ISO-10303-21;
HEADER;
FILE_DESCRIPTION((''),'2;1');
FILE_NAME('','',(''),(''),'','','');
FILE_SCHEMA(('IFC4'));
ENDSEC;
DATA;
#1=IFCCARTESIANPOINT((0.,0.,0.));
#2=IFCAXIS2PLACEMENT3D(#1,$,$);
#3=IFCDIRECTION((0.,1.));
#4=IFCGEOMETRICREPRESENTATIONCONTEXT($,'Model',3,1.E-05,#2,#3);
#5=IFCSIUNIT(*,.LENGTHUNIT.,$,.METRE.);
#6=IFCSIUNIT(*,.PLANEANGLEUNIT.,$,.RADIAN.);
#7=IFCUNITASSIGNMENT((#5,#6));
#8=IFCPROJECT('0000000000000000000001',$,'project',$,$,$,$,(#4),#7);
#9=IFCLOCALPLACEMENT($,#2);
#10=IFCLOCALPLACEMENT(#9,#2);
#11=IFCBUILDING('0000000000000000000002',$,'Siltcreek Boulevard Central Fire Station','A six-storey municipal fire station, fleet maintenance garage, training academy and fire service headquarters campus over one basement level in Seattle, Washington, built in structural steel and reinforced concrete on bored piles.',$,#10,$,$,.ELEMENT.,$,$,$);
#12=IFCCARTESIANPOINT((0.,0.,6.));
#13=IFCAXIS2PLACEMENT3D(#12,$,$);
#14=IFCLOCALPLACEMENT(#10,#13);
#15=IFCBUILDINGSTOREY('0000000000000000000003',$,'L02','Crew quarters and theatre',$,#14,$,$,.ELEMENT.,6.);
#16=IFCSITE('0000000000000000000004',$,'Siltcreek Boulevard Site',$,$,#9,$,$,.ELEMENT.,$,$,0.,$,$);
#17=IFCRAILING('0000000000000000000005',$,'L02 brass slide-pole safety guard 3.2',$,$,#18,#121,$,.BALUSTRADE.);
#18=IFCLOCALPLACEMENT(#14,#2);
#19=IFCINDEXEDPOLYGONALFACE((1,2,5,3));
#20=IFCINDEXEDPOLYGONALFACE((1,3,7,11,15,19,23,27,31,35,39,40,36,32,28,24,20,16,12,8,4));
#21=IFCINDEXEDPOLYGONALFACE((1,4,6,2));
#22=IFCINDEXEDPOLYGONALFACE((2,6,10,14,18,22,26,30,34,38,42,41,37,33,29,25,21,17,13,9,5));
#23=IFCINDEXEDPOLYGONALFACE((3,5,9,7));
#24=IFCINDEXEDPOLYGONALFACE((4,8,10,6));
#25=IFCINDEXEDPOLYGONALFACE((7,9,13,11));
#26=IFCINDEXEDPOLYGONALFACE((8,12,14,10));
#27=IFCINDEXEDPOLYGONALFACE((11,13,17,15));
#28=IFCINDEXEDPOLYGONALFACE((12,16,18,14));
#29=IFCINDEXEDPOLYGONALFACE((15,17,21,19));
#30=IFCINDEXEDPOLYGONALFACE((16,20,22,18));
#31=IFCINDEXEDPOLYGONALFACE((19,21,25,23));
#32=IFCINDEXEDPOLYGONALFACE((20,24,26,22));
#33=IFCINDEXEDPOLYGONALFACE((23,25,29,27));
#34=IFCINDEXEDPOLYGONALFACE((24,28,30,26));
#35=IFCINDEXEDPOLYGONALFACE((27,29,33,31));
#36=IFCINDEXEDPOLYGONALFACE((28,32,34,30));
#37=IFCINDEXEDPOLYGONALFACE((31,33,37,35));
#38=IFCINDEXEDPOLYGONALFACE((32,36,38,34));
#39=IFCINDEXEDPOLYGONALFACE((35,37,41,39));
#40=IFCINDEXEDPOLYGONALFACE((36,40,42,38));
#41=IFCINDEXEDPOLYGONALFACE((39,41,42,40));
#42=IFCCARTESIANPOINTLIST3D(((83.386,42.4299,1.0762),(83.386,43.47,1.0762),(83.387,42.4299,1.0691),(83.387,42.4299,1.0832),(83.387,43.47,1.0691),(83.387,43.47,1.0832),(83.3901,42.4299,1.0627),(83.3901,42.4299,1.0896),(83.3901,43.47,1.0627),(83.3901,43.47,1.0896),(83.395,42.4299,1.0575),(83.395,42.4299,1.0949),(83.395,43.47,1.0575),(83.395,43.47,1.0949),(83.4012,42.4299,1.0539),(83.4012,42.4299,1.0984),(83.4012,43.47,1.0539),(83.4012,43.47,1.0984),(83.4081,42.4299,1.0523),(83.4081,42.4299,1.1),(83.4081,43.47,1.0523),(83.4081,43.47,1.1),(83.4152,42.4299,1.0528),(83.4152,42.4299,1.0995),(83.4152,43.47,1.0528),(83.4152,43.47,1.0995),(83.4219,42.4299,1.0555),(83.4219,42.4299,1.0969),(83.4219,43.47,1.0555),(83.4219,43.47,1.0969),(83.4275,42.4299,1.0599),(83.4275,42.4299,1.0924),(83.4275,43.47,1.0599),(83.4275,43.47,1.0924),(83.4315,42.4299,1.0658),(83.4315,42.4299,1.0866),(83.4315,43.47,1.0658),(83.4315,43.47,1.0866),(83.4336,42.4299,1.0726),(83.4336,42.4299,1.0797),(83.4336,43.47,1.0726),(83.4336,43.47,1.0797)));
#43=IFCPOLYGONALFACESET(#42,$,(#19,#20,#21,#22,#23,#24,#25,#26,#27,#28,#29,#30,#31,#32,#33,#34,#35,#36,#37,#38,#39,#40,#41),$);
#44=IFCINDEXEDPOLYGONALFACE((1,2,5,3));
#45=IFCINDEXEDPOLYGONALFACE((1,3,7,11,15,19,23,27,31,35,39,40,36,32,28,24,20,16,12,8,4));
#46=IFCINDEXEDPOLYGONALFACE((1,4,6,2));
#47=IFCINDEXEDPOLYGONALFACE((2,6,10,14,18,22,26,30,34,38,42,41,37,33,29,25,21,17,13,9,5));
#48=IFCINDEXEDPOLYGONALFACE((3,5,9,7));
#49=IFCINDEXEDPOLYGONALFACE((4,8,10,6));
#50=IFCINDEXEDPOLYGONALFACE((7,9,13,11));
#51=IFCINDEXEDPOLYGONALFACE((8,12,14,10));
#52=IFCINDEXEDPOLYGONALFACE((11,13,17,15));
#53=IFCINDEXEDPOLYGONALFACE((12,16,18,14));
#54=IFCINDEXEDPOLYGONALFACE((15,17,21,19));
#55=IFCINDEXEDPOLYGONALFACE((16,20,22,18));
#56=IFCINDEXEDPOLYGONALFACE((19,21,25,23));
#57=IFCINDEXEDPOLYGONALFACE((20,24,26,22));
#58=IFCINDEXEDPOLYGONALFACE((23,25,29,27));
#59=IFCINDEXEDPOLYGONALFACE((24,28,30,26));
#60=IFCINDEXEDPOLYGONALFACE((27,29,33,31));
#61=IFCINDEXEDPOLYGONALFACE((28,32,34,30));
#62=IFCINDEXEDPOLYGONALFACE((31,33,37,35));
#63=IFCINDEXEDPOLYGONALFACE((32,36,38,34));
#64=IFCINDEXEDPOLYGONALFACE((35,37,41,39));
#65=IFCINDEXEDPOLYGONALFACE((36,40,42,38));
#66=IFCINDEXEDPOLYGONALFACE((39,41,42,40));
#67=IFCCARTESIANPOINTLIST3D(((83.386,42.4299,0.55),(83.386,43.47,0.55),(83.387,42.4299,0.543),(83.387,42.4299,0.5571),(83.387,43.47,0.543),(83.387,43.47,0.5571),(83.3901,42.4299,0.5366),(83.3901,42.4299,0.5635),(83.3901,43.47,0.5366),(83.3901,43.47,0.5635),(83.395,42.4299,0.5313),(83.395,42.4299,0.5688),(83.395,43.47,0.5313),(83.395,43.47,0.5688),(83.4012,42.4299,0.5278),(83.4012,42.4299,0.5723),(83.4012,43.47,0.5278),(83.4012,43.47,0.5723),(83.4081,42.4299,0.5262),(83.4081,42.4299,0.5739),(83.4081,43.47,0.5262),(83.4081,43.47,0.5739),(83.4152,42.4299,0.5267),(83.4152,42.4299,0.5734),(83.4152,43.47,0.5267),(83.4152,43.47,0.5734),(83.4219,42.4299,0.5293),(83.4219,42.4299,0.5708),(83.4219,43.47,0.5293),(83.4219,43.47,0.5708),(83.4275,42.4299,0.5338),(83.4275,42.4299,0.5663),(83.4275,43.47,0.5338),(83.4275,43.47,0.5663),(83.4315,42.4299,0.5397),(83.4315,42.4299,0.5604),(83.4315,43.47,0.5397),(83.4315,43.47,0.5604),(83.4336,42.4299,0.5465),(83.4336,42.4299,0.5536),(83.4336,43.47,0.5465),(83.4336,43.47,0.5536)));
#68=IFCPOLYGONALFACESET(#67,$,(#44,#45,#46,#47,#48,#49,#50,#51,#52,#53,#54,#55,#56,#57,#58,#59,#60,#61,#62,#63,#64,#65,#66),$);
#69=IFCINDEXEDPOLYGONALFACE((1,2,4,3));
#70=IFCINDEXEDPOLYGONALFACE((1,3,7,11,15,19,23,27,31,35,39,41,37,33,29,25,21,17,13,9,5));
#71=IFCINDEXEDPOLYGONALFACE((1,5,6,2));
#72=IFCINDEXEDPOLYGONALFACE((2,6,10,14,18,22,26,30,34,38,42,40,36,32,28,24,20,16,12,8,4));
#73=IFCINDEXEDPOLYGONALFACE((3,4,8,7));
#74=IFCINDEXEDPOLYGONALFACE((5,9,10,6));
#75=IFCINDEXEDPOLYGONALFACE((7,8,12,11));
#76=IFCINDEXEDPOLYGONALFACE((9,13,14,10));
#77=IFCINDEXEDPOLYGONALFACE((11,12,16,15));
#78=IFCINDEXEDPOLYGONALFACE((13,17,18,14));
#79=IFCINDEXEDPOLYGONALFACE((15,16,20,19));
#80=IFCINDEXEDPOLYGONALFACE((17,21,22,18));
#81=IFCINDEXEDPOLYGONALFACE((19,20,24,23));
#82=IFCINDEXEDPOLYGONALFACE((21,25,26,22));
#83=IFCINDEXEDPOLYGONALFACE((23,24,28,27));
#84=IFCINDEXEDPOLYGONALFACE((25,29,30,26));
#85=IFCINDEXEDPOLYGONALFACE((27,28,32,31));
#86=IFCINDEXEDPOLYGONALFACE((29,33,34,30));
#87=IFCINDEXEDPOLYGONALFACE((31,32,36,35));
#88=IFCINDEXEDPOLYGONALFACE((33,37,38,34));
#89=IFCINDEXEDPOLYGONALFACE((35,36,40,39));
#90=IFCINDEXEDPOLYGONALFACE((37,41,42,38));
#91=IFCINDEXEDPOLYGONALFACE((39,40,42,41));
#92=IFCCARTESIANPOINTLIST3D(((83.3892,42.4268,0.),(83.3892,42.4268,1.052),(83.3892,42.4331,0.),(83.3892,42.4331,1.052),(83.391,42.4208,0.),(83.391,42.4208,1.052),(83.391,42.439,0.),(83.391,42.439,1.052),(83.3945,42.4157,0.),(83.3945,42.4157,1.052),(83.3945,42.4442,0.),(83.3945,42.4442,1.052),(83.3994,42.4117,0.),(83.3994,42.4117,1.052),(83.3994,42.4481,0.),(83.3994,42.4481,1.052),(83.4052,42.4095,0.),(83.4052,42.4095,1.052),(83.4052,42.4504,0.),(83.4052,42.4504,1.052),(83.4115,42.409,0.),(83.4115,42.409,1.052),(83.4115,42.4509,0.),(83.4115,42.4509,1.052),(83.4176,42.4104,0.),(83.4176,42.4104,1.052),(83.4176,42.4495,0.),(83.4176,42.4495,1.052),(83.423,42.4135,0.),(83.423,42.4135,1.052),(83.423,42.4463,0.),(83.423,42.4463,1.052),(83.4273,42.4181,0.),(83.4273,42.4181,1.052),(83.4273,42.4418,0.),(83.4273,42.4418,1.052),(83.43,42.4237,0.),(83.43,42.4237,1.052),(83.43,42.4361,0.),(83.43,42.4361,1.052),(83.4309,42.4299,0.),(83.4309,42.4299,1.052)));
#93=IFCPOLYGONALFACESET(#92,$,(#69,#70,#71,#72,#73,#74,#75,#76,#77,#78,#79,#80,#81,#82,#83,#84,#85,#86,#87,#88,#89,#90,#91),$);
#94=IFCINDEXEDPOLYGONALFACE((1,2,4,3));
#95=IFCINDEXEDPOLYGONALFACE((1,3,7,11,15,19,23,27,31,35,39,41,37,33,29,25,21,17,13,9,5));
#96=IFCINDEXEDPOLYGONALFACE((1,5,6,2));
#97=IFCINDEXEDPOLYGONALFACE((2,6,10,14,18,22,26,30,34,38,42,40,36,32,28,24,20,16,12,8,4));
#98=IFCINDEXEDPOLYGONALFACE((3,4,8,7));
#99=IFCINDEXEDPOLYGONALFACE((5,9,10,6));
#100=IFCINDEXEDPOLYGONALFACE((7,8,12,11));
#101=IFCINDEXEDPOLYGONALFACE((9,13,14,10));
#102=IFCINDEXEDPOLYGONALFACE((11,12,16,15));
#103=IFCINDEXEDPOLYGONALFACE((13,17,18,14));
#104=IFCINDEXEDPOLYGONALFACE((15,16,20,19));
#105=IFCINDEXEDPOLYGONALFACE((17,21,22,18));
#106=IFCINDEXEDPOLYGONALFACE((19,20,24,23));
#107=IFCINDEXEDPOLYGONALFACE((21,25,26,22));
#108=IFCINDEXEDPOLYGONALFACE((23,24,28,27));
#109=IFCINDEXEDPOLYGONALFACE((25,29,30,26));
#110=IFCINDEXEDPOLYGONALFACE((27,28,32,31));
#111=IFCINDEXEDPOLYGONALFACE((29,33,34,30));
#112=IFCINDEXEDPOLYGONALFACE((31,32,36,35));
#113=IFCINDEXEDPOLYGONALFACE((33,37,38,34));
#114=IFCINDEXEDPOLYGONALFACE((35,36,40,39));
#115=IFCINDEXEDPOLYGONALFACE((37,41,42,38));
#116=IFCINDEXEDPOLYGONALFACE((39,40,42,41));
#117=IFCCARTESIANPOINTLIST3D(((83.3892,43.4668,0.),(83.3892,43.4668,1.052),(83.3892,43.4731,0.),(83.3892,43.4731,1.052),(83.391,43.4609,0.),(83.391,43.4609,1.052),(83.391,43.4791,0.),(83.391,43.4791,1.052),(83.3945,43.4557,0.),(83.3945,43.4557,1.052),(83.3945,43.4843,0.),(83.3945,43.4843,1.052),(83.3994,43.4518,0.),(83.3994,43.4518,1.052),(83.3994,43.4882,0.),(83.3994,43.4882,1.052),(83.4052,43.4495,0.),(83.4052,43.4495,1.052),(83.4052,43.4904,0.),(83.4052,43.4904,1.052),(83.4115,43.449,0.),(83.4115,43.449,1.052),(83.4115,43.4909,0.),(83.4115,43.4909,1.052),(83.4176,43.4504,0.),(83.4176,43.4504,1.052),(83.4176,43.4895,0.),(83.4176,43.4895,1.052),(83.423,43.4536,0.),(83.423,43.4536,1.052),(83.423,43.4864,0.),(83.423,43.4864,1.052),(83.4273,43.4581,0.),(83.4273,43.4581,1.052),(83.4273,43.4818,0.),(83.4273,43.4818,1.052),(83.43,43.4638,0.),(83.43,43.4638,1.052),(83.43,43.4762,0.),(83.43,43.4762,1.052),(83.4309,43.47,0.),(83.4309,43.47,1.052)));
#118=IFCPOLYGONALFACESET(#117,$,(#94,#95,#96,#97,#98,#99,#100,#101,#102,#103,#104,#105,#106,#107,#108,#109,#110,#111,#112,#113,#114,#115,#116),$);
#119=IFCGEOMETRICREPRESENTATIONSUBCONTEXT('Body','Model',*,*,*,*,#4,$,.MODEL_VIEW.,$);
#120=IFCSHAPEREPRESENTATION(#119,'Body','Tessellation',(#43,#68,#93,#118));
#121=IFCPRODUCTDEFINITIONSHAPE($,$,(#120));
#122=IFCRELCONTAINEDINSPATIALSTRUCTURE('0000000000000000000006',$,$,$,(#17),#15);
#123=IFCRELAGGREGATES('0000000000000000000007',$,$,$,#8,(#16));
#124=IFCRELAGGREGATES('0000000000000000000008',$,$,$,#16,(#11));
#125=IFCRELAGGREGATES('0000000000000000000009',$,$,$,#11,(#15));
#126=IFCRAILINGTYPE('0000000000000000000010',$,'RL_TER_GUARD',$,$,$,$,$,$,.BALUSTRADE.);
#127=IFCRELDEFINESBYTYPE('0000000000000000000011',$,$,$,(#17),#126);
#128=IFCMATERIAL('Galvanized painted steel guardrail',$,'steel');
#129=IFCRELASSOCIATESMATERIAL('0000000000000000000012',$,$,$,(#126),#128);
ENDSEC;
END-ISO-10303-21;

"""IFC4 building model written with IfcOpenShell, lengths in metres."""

from ifc_helpers import new_model, si_unit, direction, frame, origin, origin_2d, place, context, subcontext, project, spatial, circle, extrude, material, type_object, element, save


model = new_model("IFC4")

# Units and contexts
model_context = context("Model", 3, precision=1e-05, world=origin(), true_north=direction((0.0, 1.0)))
body_context = subcontext(model_context, "Body", "Model", "MODEL_VIEW")
ifc_project = project(units=[si_unit("LENGTHUNIT", "METRE"), si_unit("PLANEANGLEUNIT", "RADIAN")], contexts=[model_context])

# Site, building, storey
site_placement = place(None, origin())
site = spatial("IfcSite", under=ifc_project, at=site_placement, Name="Siltcreek Boulevard Site", CompositionType="ELEMENT", RefElevation=0.0)
building_placement = place(site_placement, origin())
building = spatial("IfcBuilding", under=site, at=building_placement, Name="Siltcreek Boulevard Central Fire Station", Description="A six-storey municipal fire station, fleet maintenance garage, training academy and fire service headquarters campus over one basement level in Seattle, Washington, built in structural steel and reinforced concrete on bored piles.", CompositionType="ELEMENT")
storey_placement = place(building_placement, frame((0.0, 0.0, 6.0)))
storey = spatial("IfcBuildingStorey", under=building, at=storey_placement, Name="L02", Description="Crew quarters and theatre", CompositionType="ELEMENT", Elevation=6.0)

# Railing
ifc_material_1 = material(Name="Galvanized painted steel guardrail", Category="steel")
railing_type = type_object("IfcRailingType", Name="RL_TER_GUARD", PredefinedType="BALUSTRADE", material=ifc_material_1)
railing_1_placement = place(storey_placement, frame((83.4099, 42.4299, 0.0)))
element("IfcRailing", 1, at=railing_1_placement, inside=storey, type_object=railing_type, Name="L02 brass slide-pole safety guard 3.2", PredefinedType="BALUSTRADE", context=body_context, shape_type="SweptSolid", body=[
    extrude(circle(Radius=0.0239, at=origin_2d()), frame((0.0, 0.0, 1.0762), z_axis=(0.0, 1.0, 0.0), x_axis=(-1.0, 0.0, 0.0)), (0.0, 0.0, 1.0), 1.04),
    extrude(circle(Radius=0.0239, at=origin_2d()), frame((0.0, 0.0, 0.55), z_axis=(0.0, 1.0, 0.0), x_axis=(-1.0, 0.0, 0.0)), (0.0, 0.0, 1.0), 1.04),
    extrude(circle(Radius=0.021, at=origin_2d()), origin(), (0.0, 0.0, 1.0), 1.052),
    extrude(circle(Radius=0.021, at=origin_2d()), frame((0.0, 1.04, 0.0)), (0.0, 0.0, 1.0), 1.052),
])

save(model, "model.ifc")
